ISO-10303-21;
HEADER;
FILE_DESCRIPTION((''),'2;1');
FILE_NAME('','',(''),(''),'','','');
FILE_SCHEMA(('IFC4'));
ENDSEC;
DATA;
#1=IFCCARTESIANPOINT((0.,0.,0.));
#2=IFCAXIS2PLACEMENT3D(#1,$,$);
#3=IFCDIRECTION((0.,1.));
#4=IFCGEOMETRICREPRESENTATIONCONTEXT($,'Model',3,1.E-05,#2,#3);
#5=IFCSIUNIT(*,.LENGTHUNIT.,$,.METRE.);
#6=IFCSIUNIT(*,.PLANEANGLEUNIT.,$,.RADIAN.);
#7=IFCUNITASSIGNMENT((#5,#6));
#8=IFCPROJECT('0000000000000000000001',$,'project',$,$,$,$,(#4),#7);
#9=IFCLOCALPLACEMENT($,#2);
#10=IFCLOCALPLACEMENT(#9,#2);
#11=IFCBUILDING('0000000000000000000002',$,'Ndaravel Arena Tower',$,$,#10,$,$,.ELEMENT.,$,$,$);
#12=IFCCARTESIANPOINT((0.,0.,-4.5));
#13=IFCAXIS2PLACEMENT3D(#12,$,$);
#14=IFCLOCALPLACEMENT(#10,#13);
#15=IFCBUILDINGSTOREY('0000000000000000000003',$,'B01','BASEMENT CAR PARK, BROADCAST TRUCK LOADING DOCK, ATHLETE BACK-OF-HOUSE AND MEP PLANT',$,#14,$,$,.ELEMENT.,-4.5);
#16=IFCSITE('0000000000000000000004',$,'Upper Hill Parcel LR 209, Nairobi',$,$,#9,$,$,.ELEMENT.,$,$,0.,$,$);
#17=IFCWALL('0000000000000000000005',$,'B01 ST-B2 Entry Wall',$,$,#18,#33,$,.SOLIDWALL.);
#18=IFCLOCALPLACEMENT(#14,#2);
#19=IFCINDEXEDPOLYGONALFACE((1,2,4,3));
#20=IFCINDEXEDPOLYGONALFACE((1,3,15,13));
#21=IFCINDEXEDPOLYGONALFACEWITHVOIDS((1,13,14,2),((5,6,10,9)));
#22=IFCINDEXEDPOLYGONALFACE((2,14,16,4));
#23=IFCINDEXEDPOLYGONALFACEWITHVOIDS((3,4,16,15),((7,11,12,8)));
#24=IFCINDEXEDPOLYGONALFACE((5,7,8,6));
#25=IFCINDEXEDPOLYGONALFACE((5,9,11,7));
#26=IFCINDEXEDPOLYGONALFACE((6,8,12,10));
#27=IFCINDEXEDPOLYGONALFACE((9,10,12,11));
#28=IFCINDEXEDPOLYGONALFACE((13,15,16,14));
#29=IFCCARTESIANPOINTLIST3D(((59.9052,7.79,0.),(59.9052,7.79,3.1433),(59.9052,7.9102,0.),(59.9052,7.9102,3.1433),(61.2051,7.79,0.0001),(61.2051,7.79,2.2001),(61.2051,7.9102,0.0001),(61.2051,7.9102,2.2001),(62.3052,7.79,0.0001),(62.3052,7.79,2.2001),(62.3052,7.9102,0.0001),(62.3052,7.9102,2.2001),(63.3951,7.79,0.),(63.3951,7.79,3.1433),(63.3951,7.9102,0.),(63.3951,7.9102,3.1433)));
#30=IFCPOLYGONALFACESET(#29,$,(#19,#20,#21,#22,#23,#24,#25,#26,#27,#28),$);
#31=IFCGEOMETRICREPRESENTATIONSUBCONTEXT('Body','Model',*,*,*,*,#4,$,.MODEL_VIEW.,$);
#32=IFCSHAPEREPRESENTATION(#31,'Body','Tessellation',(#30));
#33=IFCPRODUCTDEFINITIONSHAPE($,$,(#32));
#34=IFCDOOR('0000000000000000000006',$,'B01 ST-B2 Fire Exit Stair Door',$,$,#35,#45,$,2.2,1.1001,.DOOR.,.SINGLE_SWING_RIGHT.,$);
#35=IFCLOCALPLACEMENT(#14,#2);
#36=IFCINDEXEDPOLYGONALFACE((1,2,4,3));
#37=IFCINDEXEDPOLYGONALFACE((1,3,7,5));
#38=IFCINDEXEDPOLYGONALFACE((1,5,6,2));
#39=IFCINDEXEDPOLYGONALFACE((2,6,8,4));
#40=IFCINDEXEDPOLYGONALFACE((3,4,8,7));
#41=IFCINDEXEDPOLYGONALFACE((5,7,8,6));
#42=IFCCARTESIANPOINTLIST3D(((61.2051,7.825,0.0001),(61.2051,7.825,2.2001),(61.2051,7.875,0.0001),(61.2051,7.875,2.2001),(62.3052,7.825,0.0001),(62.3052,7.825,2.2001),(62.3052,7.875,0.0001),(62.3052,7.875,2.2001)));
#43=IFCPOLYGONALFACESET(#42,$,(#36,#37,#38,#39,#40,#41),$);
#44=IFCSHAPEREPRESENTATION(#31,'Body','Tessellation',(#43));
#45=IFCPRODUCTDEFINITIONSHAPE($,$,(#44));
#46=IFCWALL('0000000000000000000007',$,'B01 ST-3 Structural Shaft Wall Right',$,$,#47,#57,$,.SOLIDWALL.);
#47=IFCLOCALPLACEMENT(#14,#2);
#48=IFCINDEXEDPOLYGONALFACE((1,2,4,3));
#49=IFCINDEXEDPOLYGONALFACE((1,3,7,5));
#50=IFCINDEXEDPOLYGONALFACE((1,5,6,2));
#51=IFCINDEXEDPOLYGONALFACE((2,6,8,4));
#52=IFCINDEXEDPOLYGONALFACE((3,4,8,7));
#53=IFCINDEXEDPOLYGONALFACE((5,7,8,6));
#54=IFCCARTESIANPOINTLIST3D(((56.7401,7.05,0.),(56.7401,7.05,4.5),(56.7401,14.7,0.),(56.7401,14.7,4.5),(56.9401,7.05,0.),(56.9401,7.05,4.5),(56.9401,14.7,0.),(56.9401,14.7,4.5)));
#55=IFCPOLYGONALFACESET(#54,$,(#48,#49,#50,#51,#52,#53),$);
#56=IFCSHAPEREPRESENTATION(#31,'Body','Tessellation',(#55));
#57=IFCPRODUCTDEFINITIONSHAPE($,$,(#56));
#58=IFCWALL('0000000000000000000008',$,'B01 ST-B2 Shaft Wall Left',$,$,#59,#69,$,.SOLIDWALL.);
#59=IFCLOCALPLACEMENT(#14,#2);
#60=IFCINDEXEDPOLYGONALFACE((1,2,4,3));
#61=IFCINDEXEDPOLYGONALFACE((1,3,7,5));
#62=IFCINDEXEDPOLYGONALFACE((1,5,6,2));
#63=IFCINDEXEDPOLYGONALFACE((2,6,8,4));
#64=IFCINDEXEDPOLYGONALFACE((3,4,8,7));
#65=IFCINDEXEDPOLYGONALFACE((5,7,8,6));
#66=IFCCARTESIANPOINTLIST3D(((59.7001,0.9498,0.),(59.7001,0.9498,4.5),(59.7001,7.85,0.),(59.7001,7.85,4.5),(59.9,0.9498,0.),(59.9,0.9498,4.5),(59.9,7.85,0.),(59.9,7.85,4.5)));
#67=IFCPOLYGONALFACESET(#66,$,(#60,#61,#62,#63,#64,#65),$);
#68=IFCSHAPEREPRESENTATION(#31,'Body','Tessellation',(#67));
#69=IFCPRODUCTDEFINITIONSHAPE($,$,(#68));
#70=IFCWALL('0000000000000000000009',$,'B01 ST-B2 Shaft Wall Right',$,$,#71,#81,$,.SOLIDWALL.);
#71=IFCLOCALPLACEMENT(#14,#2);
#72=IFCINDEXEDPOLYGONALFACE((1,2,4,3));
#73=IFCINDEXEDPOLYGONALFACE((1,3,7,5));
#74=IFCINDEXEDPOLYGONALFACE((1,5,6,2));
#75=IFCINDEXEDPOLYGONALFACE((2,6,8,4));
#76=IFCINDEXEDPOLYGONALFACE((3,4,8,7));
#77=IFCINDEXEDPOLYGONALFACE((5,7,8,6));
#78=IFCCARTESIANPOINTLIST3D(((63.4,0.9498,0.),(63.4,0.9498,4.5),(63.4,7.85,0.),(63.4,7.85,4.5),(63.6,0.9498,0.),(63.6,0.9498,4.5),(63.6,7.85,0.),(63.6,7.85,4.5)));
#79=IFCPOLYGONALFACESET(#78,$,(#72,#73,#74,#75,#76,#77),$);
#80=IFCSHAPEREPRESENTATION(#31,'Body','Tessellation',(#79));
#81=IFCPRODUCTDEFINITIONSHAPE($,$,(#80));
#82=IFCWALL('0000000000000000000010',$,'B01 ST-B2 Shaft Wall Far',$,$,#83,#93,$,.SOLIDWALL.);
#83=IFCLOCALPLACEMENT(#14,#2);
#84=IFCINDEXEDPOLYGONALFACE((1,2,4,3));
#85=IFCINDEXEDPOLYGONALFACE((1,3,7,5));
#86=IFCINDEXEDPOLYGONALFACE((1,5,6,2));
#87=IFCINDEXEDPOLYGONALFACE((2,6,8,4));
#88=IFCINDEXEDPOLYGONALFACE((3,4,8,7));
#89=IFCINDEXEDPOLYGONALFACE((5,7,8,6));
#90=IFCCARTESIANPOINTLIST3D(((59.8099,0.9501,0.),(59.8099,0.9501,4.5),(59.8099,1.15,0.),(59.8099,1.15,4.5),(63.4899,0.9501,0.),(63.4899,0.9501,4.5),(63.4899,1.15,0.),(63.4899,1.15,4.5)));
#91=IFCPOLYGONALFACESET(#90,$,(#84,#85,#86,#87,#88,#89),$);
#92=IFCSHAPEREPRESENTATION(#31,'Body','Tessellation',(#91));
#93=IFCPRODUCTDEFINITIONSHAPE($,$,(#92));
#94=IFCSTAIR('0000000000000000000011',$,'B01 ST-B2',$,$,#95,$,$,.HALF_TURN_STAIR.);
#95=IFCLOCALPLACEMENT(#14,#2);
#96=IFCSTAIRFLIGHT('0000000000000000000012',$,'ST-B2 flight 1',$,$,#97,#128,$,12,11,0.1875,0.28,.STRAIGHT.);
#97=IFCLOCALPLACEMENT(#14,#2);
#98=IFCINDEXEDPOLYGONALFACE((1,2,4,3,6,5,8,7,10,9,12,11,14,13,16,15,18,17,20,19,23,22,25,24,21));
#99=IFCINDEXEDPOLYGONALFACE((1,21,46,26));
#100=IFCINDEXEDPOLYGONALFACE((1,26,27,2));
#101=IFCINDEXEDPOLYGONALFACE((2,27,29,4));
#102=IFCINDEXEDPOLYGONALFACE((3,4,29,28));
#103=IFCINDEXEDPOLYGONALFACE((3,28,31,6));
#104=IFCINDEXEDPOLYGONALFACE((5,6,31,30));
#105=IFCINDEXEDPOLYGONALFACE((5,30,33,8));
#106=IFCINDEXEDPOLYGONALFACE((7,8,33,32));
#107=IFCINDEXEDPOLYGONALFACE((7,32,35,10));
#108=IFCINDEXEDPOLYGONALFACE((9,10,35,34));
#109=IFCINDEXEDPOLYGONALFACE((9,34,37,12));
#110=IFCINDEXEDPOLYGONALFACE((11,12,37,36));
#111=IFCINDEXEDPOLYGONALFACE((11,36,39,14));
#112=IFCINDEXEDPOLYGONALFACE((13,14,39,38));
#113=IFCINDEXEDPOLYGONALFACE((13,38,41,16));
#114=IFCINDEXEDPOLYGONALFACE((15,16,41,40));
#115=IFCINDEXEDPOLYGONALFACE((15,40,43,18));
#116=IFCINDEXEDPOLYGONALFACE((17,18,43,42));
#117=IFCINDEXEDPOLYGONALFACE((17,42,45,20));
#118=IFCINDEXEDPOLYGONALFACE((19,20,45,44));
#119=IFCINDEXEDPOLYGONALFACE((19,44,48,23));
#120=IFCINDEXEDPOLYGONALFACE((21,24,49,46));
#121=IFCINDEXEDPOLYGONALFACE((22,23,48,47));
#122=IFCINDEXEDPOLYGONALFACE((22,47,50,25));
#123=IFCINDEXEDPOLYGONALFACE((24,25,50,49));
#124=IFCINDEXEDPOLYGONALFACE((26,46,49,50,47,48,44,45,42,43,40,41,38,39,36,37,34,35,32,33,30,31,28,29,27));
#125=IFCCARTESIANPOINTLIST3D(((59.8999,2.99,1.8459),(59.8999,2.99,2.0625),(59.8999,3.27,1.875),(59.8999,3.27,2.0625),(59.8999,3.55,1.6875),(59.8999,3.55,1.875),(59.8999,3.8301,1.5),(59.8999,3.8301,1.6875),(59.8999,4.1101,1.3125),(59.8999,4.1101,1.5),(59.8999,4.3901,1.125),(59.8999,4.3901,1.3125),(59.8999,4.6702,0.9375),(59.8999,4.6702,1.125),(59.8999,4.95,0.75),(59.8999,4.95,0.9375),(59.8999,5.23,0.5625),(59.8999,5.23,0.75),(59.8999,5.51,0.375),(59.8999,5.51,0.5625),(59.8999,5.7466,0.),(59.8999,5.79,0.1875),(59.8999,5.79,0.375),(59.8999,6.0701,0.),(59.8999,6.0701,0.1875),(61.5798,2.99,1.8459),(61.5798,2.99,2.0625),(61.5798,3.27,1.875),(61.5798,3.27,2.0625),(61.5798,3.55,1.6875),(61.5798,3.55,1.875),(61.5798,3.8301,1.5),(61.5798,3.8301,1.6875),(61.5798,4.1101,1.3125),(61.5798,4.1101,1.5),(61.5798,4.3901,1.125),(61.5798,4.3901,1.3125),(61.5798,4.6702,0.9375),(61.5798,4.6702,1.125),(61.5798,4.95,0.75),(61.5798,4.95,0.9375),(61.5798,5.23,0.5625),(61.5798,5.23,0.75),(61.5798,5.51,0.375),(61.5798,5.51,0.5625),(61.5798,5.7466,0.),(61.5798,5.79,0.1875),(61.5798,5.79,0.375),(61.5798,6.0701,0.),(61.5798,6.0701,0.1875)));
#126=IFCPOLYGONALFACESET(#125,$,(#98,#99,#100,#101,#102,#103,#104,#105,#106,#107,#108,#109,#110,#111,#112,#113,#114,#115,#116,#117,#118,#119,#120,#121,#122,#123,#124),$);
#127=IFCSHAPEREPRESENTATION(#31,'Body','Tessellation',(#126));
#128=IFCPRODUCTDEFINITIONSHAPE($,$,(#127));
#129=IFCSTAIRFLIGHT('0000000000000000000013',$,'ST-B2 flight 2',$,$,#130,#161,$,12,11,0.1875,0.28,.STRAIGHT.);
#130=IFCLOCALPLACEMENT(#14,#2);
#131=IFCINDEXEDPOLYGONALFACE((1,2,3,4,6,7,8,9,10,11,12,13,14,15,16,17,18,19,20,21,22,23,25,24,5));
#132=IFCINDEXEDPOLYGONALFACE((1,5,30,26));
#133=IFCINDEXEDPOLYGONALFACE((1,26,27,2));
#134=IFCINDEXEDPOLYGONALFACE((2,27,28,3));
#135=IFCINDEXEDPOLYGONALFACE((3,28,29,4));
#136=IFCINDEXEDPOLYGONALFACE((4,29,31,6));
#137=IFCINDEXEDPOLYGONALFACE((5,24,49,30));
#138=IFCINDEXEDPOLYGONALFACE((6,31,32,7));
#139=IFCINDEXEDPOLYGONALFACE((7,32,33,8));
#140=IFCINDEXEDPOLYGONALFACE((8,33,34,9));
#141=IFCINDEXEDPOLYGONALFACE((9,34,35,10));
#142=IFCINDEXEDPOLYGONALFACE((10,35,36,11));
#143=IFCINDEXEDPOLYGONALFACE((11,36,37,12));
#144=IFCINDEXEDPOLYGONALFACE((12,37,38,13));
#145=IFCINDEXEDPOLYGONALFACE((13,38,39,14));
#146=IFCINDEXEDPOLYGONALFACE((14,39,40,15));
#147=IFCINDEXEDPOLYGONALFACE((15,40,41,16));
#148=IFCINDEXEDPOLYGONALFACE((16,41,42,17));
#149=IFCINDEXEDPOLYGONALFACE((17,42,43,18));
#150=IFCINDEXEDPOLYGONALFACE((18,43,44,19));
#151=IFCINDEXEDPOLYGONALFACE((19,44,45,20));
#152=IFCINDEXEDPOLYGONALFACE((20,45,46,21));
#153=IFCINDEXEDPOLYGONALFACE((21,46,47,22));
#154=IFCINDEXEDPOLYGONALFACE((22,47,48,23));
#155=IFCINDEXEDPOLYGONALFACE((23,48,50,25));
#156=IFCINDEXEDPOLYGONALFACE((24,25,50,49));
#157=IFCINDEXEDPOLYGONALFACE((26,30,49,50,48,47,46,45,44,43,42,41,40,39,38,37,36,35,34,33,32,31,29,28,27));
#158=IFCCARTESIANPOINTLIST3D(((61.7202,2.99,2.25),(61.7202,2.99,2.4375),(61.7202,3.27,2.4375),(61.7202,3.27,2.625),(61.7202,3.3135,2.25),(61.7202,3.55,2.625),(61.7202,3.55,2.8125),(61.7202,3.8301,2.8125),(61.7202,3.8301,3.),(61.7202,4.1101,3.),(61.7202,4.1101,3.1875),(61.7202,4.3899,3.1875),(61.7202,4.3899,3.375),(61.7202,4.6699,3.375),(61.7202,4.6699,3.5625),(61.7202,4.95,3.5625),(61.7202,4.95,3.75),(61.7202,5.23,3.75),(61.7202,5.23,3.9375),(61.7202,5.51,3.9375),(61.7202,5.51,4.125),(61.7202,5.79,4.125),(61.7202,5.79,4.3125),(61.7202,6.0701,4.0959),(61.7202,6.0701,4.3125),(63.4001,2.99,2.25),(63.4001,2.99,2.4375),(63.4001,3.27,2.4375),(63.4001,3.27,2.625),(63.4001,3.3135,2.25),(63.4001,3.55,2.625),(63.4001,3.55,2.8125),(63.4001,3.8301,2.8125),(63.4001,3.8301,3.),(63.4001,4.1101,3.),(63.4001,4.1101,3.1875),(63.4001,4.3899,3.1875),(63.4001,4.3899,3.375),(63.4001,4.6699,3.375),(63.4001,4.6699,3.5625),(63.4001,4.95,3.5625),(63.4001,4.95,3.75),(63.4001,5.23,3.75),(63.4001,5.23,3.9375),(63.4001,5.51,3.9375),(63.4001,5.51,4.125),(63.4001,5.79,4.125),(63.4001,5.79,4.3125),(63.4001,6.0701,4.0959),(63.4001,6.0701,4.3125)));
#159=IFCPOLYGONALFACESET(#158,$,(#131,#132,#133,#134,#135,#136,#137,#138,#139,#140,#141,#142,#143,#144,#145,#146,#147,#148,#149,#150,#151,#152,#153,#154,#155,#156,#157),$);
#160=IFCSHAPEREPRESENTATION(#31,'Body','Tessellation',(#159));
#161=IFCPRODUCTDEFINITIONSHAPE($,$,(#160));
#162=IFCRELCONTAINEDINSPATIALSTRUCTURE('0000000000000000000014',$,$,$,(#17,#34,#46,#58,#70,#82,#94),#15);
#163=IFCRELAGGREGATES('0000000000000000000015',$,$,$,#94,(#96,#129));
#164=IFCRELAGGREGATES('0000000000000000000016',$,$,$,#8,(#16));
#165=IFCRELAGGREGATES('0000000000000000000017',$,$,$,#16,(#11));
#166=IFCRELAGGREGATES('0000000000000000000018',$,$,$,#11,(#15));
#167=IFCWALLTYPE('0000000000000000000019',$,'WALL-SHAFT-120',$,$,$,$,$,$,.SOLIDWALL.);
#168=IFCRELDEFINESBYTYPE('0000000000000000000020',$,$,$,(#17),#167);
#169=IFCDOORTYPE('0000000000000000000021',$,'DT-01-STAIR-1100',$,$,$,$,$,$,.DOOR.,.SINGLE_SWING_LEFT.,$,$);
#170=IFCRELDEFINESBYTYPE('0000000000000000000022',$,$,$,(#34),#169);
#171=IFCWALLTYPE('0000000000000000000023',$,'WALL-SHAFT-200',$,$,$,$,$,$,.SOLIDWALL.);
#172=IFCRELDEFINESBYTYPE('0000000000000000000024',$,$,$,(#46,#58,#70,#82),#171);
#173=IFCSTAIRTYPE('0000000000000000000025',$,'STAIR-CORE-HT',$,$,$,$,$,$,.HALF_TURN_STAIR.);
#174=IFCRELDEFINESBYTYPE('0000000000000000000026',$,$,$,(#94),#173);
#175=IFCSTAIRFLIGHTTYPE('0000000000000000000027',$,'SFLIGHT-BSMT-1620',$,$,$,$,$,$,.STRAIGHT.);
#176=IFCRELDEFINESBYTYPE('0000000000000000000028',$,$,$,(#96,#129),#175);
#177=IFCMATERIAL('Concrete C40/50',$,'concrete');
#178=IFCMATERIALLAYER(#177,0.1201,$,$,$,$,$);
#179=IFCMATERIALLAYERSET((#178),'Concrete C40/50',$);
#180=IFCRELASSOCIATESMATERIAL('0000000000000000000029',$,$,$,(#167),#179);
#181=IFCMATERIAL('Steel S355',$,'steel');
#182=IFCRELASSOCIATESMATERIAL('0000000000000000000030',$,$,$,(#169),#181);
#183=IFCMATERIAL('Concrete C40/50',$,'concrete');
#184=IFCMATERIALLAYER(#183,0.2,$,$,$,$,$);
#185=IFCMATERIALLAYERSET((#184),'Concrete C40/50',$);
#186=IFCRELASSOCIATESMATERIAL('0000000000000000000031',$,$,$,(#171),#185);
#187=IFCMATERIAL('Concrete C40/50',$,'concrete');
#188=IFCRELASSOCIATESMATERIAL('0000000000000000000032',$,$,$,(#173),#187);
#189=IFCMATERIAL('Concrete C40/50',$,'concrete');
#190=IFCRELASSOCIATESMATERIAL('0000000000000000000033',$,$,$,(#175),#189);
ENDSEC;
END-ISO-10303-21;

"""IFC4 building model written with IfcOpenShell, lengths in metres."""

from ifc_helpers import new_model, si_unit, direction, frame, frame_2d, origin, place, context, subcontext, project, spatial, polyline, rectangle, outline, extrude, material, layer, layer_set, type_object, element, fill, aggregate, save


model = new_model("IFC4")

# Units and contexts
model_context = context("Model", 3, precision=1e-05, world=origin(), true_north=direction((0.0, 1.0)))
body_context = subcontext(model_context, "Body", "Model", "MODEL_VIEW")
ifc_project = project(units=[si_unit("LENGTHUNIT", "METRE"), si_unit("PLANEANGLEUNIT", "RADIAN")], contexts=[model_context])

# Site, building, storey
site_placement = place(None, origin())
site = spatial("IfcSite", under=ifc_project, at=site_placement, Name="Upper Hill Parcel LR 209, Nairobi", CompositionType="ELEMENT", RefElevation=0.0)
building_placement = place(site_placement, origin())
building = spatial("IfcBuilding", under=site, at=building_placement, Name="Ndaravel Arena Tower", CompositionType="ELEMENT")
storey_placement = place(building_placement, frame((0.0, 0.0, -4.5)))
storey = spatial("IfcBuildingStorey", under=building, at=storey_placement, Name="B01", Description="BASEMENT CAR PARK, BROADCAST TRUCK LOADING DOCK, ATHLETE BACK-OF-HOUSE AND MEP PLANT", CompositionType="ELEMENT", Elevation=-4.5)

# Wall, opening, door
ifc_material_1 = material(Name="Concrete C40/50", Category="concrete")
ifc_layer_1 = layer(ifc_material_1, 0.1201)
ifc_layer_set_1 = layer_set([ifc_layer_1], Name="Concrete C40/50")
wall_type_1 = type_object("IfcWallType", Name="WALL-SHAFT-120", PredefinedType="SOLIDWALL", material=ifc_layer_set_1)
wall_1_placement = place(storey_placement, frame((59.905, 7.8501, 0.0), z_axis=(0.0, 0.0, 1.0), x_axis=(1.0, 0.0, 0.0)))
wall_1 = element("IfcWall", 1, at=wall_1_placement, inside=storey, type_object=wall_type_1, Name="B01 ST-B2 Entry Wall", PredefinedType="SOLIDWALL", context=body_context, shape_type="SweptSolid", body=[
    extrude(rectangle(XDim=3.49, YDim=0.1201, at=frame_2d((1.7451, 0.0))), origin(), (0.0, 0.0, 1.0), 3.1433),
])
opening_placement = place(wall_1_placement, frame((1.3, 0.0, 0.0)))
opening = element("IfcOpeningElement", 2, at=opening_placement, cuts=wall_1, PredefinedType="OPENING", context=body_context, shape_type="SweptSolid", body=[
    extrude(rectangle(XDim=1.1001, YDim=2.2, at=frame_2d((0.55, 1.1001))), frame((0.0, 0.0601, 0.0), z_axis=(0.0, -1.0, 0.0), x_axis=(1.0, 0.0, 0.0)), (0.0, 0.0, 1.0), 0.1201),
])
ifc_material_2 = material(Name="Steel S355", Category="steel")
door_type = type_object("IfcDoorType", Name="DT-01-STAIR-1100", OperationType="SINGLE_SWING_LEFT", PredefinedType="DOOR", material=ifc_material_2)
door_placement = place(opening_placement, origin())
door = element("IfcDoor", 3, at=door_placement, inside=storey, type_object=door_type, Name="B01 ST-B2 Fire Exit Stair Door", OperationType="SINGLE_SWING_RIGHT", OverallHeight=2.2, OverallWidth=1.1001, PredefinedType="DOOR", context=body_context, shape_type="SweptSolid", body=[
    extrude(rectangle(XDim=1.1001, YDim=2.2, at=frame_2d((0.55, 1.1001))), frame((0.0, 0.0249, 0.0), z_axis=(0.0, -1.0, 0.0), x_axis=(1.0, 0.0, 0.0)), (0.0, 0.0, 1.0), 0.05),
])
fill(opening, door)

# Walls
ifc_material_3 = material(Name="Concrete C40/50", Category="concrete")
ifc_layer_2 = layer(ifc_material_3, 0.2)
ifc_layer_set_2 = layer_set([ifc_layer_2], Name="Concrete C40/50")
wall_type_2 = type_object("IfcWallType", Name="WALL-SHAFT-200", PredefinedType="SOLIDWALL", material=ifc_layer_set_2)
wall_2_placement = place(storey_placement, frame((56.8401, 14.7, 0.0), z_axis=(0.0, 0.0, 1.0), x_axis=(0.0, -1.0, 0.0)))
element("IfcWall", 4, at=wall_2_placement, inside=storey, type_object=wall_type_2, Name="B01 ST-3 Structural Shaft Wall Right", PredefinedType="SOLIDWALL", context=body_context, shape_type="SweptSolid", body=[
    extrude(rectangle(XDim=7.6499, YDim=0.2, at=frame_2d((3.825, 0.0))), origin(), (0.0, 0.0, 1.0), 4.5),
])
for number, where, z_axis, x_axis, name in (
    (5, (59.8, 7.8501, 0.0), (0.0, 0.0, 1.0), (0.0, -1.0, 0.0), "B01 ST-B2 Shaft Wall Left"),
    (6, (63.5, 7.8501, 0.0), (0.0, 0.0, 1.0), (0.0, -1.0, 0.0), "B01 ST-B2 Shaft Wall Right"),
):
    element("IfcWall", number, at=place(storey_placement, frame(where, z_axis=z_axis, x_axis=x_axis)), inside=storey, type_object=wall_type_2, Name=name, PredefinedType="SOLIDWALL", context=body_context, shape_type="SweptSolid", body=[
        extrude(rectangle(XDim=6.9001, YDim=0.2, at=frame_2d((3.4502, 0.0))), origin(), (0.0, 0.0, 1.0), 4.5),
    ])
wall_3_placement = place(storey_placement, frame((59.8101, 1.05, 0.0), z_axis=(0.0, 0.0, 1.0), x_axis=(1.0, 0.0, 0.0)))
element("IfcWall", 7, at=wall_3_placement, inside=storey, type_object=wall_type_2, Name="B01 ST-B2 Shaft Wall Far", PredefinedType="SOLIDWALL", context=body_context, shape_type="SweptSolid", body=[
    extrude(rectangle(XDim=3.6799, YDim=0.2, at=frame_2d((1.8398, 0.0))), origin(), (0.0, 0.0, 1.0), 4.5),
])

# Stair, stair flights
ifc_material_4 = material(Name="Concrete C40/50", Category="concrete")
stair_type = type_object("IfcStairType", Name="STAIR-CORE-HT", PredefinedType="HALF_TURN_STAIR", material=ifc_material_4)
stair_placement = place(storey_placement, origin())
stair = element("IfcStair", 8, at=stair_placement, inside=storey, type_object=stair_type, Name="B01 ST-B2", PredefinedType="HALF_TURN_STAIR")
ifc_material_5 = material(Name="Concrete C40/50", Category="concrete")
stair_flight_type = type_object("IfcStairFlightType", Name="SFLIGHT-BSMT-1620", PredefinedType="STRAIGHT", material=ifc_material_5)
stair_flight_1_placement = place(storey_placement, frame((60.74, 6.0701, 0.0), z_axis=(0.0, 0.0, 1.0), x_axis=(0.0, -1.0, 0.0)))
stair_flight_1 = element("IfcStairFlight", 9, at=stair_flight_1_placement, type_object=stair_flight_type, Name="ST-B2 flight 1", NumberOfRisers=12, NumberOfTreads=11, PredefinedType="STRAIGHT", RiserHeight=0.1875, TreadLength=0.28, context=body_context, shape_type="SweptSolid", body=[
    extrude(outline(polyline([(0.0, 0.0), (0.0, 0.1875), (0.28, 0.1875), (0.28, 0.375), (0.5601, 0.375), (0.5601, 0.5625), (0.8401, 0.5625), (0.8401, 0.75), (1.1201, 0.75), (1.1201, 0.9375), (1.3999, 0.9375), (1.3999, 1.125), (1.6799, 1.125), (1.6799, 1.3125), (1.96, 1.3125), (1.96, 1.5), (2.24, 1.5), (2.24, 1.6875), (2.52, 1.6875), (2.52, 1.875), (2.8, 1.875), (2.8, 2.0625), (3.0801, 2.0625), (3.0801, 2.25), (3.0801, 1.8459), (0.3235, 0.0), (0.0, 0.0)])), frame((0.0, 0.8398, 0.0), z_axis=(0.0, -1.0, 0.0), x_axis=(1.0, 0.0, 0.0)), (0.0, 0.0, 1.0), 1.6799),
])
stair_flight_2_placement = place(storey_placement, frame((62.5601, 2.99, 2.25), z_axis=(0.0, 0.0, 1.0), x_axis=(0.0, 1.0, 0.0)))
stair_flight_2 = element("IfcStairFlight", 10, at=stair_flight_2_placement, type_object=stair_flight_type, Name="ST-B2 flight 2", NumberOfRisers=12, NumberOfTreads=11, PredefinedType="STRAIGHT", RiserHeight=0.1875, TreadLength=0.28, context=body_context, shape_type="SweptSolid", body=[
    extrude(outline(polyline([(0.0, 0.0), (0.0, 0.1875), (0.28, 0.1875), (0.28, 0.375), (0.5601, 0.375), (0.5601, 0.5625), (0.8401, 0.5625), (0.8401, 0.75), (1.1201, 0.75), (1.1201, 0.9375), (1.3999, 0.9375), (1.3999, 1.125), (1.6799, 1.125), (1.6799, 1.3125), (1.96, 1.3125), (1.96, 1.5), (2.24, 1.5), (2.24, 1.6875), (2.52, 1.6875), (2.52, 1.875), (2.8, 1.875), (2.8, 2.0625), (3.0801, 2.0625), (3.0801, 2.25), (3.0801, 1.8459), (0.3235, 0.0), (0.0, 0.0)])), frame((0.0, 0.8398, 0.0), z_axis=(0.0, -1.0, 0.0), x_axis=(1.0, 0.0, 0.0)), (0.0, 0.0, 1.0), 1.6799),
])
aggregate(stair, [stair_flight_1, stair_flight_2])

save(model, "model.ifc")
